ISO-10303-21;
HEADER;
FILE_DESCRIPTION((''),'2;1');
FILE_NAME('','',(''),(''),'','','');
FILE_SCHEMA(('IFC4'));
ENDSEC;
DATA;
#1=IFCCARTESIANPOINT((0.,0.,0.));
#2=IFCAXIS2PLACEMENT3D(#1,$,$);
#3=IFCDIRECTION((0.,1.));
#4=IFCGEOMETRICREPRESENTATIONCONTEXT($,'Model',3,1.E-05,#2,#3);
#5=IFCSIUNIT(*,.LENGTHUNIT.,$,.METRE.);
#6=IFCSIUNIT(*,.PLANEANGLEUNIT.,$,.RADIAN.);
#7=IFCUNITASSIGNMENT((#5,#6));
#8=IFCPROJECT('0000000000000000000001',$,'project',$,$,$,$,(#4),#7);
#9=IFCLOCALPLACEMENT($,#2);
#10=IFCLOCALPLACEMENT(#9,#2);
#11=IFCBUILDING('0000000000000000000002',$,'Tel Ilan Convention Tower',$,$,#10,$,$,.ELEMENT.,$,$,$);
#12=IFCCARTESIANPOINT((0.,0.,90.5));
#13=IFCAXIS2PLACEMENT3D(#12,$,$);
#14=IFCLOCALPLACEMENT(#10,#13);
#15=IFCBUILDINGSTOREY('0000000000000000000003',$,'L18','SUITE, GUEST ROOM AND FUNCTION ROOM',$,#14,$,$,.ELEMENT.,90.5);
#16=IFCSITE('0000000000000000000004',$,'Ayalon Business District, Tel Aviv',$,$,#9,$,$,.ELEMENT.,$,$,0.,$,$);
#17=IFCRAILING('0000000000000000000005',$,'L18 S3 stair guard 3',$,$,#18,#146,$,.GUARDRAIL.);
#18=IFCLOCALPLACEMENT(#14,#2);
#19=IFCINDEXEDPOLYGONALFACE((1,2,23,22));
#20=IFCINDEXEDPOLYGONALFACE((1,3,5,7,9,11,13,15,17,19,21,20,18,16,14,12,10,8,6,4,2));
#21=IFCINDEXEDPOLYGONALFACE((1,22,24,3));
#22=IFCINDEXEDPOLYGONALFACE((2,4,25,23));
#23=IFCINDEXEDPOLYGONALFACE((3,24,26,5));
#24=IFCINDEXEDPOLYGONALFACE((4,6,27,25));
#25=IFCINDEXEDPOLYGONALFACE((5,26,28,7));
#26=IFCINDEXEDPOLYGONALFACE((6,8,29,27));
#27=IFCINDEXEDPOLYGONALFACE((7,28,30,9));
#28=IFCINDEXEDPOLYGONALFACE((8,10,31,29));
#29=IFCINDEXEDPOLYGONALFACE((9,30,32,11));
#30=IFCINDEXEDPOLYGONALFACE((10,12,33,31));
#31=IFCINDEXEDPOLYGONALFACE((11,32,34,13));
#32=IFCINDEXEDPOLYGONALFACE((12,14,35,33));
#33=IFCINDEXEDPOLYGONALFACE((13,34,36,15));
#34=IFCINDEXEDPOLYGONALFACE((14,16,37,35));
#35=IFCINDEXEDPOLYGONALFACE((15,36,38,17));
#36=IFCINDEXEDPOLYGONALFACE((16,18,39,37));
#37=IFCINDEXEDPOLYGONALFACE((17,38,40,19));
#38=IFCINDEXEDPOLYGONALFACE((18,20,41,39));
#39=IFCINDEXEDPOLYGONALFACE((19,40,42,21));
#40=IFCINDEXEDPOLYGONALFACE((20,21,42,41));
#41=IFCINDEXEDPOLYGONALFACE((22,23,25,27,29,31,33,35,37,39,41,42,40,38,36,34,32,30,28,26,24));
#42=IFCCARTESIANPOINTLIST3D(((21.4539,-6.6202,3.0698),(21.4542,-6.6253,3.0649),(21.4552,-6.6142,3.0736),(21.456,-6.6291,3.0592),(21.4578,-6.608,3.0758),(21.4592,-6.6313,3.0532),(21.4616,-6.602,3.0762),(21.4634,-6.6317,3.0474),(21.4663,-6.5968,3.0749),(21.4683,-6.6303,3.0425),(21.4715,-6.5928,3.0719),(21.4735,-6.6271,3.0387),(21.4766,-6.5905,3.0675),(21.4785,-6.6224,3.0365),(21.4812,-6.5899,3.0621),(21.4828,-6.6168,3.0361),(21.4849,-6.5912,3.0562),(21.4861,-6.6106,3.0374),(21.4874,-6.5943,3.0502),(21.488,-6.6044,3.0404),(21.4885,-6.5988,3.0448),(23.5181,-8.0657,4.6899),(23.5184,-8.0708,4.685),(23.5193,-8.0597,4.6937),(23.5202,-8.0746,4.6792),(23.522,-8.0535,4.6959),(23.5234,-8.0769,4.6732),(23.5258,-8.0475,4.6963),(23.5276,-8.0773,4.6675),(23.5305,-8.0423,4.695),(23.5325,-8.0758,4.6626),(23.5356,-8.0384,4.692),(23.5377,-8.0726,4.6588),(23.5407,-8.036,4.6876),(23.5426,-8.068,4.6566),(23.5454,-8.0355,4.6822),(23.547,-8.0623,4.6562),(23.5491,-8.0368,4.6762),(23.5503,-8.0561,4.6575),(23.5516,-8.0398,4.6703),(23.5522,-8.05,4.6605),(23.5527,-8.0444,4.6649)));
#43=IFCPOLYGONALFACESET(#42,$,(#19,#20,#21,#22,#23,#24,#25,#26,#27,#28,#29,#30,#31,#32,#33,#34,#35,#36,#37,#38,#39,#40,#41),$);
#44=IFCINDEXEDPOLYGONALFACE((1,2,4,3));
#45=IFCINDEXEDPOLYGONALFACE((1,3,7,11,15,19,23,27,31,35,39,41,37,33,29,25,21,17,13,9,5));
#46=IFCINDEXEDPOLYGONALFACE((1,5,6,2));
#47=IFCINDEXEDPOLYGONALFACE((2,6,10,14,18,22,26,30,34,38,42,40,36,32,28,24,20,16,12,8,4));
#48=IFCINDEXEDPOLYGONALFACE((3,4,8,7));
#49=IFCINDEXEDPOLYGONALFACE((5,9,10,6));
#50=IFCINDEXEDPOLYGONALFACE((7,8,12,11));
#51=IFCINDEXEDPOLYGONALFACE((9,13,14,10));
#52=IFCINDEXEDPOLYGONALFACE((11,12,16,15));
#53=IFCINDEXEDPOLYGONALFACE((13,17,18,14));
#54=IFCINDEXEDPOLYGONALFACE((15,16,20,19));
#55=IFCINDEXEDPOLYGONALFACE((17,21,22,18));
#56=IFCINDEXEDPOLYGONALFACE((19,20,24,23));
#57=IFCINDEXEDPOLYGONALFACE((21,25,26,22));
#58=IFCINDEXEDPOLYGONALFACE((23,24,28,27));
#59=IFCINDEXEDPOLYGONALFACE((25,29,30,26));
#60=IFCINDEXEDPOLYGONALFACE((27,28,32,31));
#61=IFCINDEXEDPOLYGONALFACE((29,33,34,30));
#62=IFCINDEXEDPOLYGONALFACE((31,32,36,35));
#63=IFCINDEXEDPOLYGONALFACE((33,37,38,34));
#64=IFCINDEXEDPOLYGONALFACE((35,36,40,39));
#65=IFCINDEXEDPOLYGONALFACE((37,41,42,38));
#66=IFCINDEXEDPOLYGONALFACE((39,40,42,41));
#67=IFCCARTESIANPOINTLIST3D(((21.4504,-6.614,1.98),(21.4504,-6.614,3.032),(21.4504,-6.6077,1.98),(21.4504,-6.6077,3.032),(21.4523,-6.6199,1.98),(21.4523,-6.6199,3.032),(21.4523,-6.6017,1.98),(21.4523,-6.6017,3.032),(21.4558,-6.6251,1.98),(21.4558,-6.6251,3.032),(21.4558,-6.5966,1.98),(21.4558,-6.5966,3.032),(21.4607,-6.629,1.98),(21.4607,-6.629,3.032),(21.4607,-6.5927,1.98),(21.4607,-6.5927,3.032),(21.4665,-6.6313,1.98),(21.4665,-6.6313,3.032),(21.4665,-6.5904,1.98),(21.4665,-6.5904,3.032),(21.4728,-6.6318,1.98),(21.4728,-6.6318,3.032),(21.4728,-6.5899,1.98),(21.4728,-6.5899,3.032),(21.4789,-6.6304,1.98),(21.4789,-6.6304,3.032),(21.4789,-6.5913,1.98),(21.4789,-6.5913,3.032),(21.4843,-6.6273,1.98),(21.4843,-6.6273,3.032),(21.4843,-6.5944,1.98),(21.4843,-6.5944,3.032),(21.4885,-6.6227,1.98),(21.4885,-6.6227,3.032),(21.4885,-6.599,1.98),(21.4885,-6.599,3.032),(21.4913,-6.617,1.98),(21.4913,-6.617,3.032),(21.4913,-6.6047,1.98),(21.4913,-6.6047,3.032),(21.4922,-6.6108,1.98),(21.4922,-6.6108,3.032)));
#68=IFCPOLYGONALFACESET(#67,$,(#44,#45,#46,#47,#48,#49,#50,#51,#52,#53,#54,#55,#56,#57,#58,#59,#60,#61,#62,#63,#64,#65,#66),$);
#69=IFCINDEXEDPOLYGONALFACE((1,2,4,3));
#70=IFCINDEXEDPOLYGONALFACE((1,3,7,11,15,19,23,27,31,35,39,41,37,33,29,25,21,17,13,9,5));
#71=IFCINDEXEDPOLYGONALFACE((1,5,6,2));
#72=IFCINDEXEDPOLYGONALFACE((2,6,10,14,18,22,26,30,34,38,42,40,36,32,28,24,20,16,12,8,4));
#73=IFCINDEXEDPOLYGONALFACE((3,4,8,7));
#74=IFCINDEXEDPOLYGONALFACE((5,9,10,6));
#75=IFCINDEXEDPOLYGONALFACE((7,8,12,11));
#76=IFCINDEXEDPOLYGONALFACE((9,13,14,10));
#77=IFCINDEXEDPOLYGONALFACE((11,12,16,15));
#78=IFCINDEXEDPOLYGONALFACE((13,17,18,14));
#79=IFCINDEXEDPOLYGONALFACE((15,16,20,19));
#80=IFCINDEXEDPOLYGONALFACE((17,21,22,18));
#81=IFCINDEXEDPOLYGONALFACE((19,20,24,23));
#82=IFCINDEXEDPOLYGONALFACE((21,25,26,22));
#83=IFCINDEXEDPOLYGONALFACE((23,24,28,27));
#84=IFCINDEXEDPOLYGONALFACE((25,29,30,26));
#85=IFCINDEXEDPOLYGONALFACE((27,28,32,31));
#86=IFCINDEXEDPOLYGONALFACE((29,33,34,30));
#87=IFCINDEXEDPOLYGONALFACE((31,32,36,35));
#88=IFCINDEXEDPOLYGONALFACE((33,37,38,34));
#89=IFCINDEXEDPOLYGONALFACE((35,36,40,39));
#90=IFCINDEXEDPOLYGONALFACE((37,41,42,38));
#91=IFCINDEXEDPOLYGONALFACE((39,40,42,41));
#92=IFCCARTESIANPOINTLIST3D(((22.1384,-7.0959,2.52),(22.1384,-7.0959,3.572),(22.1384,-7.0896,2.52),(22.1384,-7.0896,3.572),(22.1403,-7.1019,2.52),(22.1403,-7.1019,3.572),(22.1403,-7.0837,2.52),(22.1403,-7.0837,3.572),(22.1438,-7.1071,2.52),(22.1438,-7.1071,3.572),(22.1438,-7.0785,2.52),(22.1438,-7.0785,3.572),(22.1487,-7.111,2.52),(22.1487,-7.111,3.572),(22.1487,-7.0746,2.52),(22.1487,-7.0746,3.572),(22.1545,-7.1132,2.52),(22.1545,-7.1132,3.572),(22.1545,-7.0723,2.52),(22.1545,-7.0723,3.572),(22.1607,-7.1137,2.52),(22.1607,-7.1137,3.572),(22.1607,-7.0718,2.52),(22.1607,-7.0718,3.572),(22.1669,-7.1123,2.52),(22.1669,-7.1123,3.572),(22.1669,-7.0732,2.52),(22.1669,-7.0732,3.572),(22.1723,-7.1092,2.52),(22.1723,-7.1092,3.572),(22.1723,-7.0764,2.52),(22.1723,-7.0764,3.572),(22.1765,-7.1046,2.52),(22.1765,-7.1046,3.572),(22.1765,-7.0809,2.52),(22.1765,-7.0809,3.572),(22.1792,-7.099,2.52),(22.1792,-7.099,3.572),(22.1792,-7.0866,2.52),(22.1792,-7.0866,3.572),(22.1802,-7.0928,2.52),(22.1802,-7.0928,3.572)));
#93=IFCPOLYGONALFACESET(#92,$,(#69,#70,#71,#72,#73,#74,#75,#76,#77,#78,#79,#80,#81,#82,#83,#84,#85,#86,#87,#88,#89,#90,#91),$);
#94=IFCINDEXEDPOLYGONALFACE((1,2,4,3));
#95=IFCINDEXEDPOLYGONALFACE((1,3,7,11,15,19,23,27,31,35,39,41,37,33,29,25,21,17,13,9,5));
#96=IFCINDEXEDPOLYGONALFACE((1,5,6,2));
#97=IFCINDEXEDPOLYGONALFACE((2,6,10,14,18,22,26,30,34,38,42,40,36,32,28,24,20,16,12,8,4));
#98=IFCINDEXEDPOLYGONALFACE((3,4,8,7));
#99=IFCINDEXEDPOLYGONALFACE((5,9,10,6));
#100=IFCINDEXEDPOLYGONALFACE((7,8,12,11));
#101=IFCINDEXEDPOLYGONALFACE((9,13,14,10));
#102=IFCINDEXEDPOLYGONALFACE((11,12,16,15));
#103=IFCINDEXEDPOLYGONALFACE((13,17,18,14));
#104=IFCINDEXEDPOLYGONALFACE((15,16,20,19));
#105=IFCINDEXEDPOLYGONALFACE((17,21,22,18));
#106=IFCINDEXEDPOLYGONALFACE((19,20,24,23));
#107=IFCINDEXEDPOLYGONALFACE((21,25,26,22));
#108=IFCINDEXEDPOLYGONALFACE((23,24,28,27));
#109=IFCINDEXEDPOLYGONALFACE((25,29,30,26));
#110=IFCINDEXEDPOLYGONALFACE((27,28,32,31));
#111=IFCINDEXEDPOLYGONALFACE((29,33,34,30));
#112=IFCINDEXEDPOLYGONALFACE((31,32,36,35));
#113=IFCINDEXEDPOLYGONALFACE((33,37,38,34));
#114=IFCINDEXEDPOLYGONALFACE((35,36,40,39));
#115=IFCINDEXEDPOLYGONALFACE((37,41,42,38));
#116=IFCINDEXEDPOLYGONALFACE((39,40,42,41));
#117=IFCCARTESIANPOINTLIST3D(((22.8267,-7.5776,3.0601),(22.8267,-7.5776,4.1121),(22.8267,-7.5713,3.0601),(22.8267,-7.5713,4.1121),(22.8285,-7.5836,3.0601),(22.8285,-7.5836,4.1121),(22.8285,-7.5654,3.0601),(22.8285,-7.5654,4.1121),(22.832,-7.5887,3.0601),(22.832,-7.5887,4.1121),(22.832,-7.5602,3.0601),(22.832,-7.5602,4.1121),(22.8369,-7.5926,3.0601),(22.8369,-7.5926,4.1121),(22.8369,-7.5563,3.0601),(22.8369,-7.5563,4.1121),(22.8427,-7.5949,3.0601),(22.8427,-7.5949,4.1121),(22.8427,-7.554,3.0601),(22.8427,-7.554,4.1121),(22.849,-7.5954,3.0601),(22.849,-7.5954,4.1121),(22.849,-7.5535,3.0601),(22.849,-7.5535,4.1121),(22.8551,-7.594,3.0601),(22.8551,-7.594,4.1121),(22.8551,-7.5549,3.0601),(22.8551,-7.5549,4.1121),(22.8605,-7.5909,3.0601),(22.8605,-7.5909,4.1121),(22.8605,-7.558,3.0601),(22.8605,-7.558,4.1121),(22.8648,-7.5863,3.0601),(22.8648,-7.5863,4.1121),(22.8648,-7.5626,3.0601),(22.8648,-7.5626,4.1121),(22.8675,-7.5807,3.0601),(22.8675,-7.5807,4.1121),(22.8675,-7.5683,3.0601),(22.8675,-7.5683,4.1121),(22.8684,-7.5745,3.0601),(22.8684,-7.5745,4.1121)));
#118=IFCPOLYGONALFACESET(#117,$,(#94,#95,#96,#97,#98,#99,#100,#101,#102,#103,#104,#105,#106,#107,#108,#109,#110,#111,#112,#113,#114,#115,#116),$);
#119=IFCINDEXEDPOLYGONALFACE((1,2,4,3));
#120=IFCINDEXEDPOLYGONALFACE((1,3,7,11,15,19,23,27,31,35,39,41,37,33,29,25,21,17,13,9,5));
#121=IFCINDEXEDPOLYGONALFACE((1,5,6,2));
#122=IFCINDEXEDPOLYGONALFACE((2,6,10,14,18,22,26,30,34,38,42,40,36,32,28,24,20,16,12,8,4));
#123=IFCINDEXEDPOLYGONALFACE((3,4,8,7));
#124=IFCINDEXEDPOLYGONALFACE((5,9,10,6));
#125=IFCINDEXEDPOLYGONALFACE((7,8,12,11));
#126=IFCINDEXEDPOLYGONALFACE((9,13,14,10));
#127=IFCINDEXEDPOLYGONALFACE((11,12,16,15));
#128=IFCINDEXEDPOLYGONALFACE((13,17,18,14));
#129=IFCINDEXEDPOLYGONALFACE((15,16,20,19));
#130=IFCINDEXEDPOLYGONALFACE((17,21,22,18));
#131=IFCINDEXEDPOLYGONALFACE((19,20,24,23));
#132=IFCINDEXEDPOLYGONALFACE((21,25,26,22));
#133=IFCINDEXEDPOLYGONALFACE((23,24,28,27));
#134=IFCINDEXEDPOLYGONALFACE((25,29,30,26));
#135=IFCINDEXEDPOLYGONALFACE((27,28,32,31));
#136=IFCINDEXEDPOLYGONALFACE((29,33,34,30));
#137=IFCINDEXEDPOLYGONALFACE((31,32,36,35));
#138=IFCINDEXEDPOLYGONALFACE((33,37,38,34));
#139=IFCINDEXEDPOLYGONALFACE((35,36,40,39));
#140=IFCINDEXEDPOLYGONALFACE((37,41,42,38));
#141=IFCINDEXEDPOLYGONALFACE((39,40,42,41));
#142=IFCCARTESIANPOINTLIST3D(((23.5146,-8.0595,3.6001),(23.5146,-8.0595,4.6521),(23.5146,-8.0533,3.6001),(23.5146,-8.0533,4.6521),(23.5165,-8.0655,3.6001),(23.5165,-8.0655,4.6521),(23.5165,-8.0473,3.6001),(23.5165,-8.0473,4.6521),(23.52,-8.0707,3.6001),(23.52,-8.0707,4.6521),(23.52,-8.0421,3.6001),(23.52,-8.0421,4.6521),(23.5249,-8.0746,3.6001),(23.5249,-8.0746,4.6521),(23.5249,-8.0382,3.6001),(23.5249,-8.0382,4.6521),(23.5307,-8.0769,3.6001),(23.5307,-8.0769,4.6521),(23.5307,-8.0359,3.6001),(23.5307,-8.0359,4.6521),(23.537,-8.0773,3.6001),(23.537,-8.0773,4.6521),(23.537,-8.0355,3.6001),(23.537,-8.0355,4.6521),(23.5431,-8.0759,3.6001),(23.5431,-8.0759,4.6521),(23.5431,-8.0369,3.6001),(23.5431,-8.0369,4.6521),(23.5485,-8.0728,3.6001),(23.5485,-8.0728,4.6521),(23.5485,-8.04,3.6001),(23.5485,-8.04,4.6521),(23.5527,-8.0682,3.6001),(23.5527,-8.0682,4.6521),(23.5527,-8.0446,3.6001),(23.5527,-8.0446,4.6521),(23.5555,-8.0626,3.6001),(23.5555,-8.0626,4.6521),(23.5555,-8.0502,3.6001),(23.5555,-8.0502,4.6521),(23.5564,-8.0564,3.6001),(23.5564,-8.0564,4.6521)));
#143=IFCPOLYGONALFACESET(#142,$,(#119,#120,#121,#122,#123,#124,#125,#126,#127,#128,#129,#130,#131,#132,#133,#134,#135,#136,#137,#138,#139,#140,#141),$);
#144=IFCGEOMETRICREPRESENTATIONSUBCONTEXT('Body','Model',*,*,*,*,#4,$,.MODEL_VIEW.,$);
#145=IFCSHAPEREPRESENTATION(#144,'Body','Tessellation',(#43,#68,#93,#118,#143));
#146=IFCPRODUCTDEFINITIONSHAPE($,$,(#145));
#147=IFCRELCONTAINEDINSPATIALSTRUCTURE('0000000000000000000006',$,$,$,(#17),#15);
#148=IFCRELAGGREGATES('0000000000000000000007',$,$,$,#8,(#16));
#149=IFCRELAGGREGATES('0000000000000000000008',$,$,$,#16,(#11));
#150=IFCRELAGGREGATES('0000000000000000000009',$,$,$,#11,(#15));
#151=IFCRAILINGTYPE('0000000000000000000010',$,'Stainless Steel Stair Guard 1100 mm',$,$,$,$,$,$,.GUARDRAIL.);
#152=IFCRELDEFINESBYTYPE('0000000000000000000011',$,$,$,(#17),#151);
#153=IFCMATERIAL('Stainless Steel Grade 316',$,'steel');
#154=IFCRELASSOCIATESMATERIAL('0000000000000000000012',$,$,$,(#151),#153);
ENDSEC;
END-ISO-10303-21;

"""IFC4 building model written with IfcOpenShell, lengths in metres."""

from ifc_helpers import new_model, si_unit, direction, frame, origin, origin_2d, place, context, subcontext, project, spatial, circle, extrude, material, type_object, element, save


model = new_model("IFC4")

# Units and contexts
model_context = context("Model", 3, precision=1e-05, world=origin(), true_north=direction((0.0, 1.0)))
body_context = subcontext(model_context, "Body", "Model", "MODEL_VIEW")
ifc_project = project(units=[si_unit("LENGTHUNIT", "METRE"), si_unit("PLANEANGLEUNIT", "RADIAN")], contexts=[model_context])

# Site, building, storey
site_placement = place(None, origin())
site = spatial("IfcSite", under=ifc_project, at=site_placement, Name="Ayalon Business District, Tel Aviv", CompositionType="ELEMENT", RefElevation=0.0)
building_placement = place(site_placement, origin())
building = spatial("IfcBuilding", under=site, at=building_placement, Name="Tel Ilan Convention Tower", CompositionType="ELEMENT")
storey_placement = place(building_placement, frame((0.0, 0.0, 90.5)))
storey = spatial("IfcBuildingStorey", under=building, at=storey_placement, Name="L18", Description="SUITE, GUEST ROOM AND FUNCTION ROOM", CompositionType="ELEMENT", Elevation=90.5)

# Railing
ifc_material_1 = material(Name="Stainless Steel Grade 316", Category="steel")
railing_type_1 = type_object("IfcRailingType", Name="Stainless Steel Stair Guard 1100 mm", PredefinedType="GUARDRAIL", material=ifc_material_1)
railing_1_placement = place(storey_placement, frame((21.4712, -6.6108, 1.98)))
element("IfcRailing", 1, at=railing_1_placement, inside=storey, type_object=railing_type_1, Name="L18 S3 stair guard 3", PredefinedType="GUARDRAIL", context=body_context, shape_type="SweptSolid", body=[
    extrude(circle(Radius=0.0239, at=origin_2d()), frame((0.0, 0.0, 1.0762), z_axis=(0.689013, -0.482513, 0.540779), x_axis=(0.573625, 0.819118, 0.0)), (0.0, 0.0, 1.0), 2.9958),
    extrude(circle(Radius=0.021, at=origin_2d()), origin(), (0.0, 0.0, 1.0), 1.052),
    extrude(circle(Radius=0.021, at=origin_2d()), frame((0.688, -0.4819, 0.54)), (0.0, 0.0, 1.0), 1.052),
    extrude(circle(Radius=0.021, at=origin_2d()), frame((1.3762, -0.9636, 1.0801)), (0.0, 0.0, 1.0), 1.052),
    extrude(circle(Radius=0.021, at=origin_2d()), frame((2.0642, -1.4456, 1.6201)), (0.0, 0.0, 1.0), 1.052),
])

save(model, "model.ifc")
